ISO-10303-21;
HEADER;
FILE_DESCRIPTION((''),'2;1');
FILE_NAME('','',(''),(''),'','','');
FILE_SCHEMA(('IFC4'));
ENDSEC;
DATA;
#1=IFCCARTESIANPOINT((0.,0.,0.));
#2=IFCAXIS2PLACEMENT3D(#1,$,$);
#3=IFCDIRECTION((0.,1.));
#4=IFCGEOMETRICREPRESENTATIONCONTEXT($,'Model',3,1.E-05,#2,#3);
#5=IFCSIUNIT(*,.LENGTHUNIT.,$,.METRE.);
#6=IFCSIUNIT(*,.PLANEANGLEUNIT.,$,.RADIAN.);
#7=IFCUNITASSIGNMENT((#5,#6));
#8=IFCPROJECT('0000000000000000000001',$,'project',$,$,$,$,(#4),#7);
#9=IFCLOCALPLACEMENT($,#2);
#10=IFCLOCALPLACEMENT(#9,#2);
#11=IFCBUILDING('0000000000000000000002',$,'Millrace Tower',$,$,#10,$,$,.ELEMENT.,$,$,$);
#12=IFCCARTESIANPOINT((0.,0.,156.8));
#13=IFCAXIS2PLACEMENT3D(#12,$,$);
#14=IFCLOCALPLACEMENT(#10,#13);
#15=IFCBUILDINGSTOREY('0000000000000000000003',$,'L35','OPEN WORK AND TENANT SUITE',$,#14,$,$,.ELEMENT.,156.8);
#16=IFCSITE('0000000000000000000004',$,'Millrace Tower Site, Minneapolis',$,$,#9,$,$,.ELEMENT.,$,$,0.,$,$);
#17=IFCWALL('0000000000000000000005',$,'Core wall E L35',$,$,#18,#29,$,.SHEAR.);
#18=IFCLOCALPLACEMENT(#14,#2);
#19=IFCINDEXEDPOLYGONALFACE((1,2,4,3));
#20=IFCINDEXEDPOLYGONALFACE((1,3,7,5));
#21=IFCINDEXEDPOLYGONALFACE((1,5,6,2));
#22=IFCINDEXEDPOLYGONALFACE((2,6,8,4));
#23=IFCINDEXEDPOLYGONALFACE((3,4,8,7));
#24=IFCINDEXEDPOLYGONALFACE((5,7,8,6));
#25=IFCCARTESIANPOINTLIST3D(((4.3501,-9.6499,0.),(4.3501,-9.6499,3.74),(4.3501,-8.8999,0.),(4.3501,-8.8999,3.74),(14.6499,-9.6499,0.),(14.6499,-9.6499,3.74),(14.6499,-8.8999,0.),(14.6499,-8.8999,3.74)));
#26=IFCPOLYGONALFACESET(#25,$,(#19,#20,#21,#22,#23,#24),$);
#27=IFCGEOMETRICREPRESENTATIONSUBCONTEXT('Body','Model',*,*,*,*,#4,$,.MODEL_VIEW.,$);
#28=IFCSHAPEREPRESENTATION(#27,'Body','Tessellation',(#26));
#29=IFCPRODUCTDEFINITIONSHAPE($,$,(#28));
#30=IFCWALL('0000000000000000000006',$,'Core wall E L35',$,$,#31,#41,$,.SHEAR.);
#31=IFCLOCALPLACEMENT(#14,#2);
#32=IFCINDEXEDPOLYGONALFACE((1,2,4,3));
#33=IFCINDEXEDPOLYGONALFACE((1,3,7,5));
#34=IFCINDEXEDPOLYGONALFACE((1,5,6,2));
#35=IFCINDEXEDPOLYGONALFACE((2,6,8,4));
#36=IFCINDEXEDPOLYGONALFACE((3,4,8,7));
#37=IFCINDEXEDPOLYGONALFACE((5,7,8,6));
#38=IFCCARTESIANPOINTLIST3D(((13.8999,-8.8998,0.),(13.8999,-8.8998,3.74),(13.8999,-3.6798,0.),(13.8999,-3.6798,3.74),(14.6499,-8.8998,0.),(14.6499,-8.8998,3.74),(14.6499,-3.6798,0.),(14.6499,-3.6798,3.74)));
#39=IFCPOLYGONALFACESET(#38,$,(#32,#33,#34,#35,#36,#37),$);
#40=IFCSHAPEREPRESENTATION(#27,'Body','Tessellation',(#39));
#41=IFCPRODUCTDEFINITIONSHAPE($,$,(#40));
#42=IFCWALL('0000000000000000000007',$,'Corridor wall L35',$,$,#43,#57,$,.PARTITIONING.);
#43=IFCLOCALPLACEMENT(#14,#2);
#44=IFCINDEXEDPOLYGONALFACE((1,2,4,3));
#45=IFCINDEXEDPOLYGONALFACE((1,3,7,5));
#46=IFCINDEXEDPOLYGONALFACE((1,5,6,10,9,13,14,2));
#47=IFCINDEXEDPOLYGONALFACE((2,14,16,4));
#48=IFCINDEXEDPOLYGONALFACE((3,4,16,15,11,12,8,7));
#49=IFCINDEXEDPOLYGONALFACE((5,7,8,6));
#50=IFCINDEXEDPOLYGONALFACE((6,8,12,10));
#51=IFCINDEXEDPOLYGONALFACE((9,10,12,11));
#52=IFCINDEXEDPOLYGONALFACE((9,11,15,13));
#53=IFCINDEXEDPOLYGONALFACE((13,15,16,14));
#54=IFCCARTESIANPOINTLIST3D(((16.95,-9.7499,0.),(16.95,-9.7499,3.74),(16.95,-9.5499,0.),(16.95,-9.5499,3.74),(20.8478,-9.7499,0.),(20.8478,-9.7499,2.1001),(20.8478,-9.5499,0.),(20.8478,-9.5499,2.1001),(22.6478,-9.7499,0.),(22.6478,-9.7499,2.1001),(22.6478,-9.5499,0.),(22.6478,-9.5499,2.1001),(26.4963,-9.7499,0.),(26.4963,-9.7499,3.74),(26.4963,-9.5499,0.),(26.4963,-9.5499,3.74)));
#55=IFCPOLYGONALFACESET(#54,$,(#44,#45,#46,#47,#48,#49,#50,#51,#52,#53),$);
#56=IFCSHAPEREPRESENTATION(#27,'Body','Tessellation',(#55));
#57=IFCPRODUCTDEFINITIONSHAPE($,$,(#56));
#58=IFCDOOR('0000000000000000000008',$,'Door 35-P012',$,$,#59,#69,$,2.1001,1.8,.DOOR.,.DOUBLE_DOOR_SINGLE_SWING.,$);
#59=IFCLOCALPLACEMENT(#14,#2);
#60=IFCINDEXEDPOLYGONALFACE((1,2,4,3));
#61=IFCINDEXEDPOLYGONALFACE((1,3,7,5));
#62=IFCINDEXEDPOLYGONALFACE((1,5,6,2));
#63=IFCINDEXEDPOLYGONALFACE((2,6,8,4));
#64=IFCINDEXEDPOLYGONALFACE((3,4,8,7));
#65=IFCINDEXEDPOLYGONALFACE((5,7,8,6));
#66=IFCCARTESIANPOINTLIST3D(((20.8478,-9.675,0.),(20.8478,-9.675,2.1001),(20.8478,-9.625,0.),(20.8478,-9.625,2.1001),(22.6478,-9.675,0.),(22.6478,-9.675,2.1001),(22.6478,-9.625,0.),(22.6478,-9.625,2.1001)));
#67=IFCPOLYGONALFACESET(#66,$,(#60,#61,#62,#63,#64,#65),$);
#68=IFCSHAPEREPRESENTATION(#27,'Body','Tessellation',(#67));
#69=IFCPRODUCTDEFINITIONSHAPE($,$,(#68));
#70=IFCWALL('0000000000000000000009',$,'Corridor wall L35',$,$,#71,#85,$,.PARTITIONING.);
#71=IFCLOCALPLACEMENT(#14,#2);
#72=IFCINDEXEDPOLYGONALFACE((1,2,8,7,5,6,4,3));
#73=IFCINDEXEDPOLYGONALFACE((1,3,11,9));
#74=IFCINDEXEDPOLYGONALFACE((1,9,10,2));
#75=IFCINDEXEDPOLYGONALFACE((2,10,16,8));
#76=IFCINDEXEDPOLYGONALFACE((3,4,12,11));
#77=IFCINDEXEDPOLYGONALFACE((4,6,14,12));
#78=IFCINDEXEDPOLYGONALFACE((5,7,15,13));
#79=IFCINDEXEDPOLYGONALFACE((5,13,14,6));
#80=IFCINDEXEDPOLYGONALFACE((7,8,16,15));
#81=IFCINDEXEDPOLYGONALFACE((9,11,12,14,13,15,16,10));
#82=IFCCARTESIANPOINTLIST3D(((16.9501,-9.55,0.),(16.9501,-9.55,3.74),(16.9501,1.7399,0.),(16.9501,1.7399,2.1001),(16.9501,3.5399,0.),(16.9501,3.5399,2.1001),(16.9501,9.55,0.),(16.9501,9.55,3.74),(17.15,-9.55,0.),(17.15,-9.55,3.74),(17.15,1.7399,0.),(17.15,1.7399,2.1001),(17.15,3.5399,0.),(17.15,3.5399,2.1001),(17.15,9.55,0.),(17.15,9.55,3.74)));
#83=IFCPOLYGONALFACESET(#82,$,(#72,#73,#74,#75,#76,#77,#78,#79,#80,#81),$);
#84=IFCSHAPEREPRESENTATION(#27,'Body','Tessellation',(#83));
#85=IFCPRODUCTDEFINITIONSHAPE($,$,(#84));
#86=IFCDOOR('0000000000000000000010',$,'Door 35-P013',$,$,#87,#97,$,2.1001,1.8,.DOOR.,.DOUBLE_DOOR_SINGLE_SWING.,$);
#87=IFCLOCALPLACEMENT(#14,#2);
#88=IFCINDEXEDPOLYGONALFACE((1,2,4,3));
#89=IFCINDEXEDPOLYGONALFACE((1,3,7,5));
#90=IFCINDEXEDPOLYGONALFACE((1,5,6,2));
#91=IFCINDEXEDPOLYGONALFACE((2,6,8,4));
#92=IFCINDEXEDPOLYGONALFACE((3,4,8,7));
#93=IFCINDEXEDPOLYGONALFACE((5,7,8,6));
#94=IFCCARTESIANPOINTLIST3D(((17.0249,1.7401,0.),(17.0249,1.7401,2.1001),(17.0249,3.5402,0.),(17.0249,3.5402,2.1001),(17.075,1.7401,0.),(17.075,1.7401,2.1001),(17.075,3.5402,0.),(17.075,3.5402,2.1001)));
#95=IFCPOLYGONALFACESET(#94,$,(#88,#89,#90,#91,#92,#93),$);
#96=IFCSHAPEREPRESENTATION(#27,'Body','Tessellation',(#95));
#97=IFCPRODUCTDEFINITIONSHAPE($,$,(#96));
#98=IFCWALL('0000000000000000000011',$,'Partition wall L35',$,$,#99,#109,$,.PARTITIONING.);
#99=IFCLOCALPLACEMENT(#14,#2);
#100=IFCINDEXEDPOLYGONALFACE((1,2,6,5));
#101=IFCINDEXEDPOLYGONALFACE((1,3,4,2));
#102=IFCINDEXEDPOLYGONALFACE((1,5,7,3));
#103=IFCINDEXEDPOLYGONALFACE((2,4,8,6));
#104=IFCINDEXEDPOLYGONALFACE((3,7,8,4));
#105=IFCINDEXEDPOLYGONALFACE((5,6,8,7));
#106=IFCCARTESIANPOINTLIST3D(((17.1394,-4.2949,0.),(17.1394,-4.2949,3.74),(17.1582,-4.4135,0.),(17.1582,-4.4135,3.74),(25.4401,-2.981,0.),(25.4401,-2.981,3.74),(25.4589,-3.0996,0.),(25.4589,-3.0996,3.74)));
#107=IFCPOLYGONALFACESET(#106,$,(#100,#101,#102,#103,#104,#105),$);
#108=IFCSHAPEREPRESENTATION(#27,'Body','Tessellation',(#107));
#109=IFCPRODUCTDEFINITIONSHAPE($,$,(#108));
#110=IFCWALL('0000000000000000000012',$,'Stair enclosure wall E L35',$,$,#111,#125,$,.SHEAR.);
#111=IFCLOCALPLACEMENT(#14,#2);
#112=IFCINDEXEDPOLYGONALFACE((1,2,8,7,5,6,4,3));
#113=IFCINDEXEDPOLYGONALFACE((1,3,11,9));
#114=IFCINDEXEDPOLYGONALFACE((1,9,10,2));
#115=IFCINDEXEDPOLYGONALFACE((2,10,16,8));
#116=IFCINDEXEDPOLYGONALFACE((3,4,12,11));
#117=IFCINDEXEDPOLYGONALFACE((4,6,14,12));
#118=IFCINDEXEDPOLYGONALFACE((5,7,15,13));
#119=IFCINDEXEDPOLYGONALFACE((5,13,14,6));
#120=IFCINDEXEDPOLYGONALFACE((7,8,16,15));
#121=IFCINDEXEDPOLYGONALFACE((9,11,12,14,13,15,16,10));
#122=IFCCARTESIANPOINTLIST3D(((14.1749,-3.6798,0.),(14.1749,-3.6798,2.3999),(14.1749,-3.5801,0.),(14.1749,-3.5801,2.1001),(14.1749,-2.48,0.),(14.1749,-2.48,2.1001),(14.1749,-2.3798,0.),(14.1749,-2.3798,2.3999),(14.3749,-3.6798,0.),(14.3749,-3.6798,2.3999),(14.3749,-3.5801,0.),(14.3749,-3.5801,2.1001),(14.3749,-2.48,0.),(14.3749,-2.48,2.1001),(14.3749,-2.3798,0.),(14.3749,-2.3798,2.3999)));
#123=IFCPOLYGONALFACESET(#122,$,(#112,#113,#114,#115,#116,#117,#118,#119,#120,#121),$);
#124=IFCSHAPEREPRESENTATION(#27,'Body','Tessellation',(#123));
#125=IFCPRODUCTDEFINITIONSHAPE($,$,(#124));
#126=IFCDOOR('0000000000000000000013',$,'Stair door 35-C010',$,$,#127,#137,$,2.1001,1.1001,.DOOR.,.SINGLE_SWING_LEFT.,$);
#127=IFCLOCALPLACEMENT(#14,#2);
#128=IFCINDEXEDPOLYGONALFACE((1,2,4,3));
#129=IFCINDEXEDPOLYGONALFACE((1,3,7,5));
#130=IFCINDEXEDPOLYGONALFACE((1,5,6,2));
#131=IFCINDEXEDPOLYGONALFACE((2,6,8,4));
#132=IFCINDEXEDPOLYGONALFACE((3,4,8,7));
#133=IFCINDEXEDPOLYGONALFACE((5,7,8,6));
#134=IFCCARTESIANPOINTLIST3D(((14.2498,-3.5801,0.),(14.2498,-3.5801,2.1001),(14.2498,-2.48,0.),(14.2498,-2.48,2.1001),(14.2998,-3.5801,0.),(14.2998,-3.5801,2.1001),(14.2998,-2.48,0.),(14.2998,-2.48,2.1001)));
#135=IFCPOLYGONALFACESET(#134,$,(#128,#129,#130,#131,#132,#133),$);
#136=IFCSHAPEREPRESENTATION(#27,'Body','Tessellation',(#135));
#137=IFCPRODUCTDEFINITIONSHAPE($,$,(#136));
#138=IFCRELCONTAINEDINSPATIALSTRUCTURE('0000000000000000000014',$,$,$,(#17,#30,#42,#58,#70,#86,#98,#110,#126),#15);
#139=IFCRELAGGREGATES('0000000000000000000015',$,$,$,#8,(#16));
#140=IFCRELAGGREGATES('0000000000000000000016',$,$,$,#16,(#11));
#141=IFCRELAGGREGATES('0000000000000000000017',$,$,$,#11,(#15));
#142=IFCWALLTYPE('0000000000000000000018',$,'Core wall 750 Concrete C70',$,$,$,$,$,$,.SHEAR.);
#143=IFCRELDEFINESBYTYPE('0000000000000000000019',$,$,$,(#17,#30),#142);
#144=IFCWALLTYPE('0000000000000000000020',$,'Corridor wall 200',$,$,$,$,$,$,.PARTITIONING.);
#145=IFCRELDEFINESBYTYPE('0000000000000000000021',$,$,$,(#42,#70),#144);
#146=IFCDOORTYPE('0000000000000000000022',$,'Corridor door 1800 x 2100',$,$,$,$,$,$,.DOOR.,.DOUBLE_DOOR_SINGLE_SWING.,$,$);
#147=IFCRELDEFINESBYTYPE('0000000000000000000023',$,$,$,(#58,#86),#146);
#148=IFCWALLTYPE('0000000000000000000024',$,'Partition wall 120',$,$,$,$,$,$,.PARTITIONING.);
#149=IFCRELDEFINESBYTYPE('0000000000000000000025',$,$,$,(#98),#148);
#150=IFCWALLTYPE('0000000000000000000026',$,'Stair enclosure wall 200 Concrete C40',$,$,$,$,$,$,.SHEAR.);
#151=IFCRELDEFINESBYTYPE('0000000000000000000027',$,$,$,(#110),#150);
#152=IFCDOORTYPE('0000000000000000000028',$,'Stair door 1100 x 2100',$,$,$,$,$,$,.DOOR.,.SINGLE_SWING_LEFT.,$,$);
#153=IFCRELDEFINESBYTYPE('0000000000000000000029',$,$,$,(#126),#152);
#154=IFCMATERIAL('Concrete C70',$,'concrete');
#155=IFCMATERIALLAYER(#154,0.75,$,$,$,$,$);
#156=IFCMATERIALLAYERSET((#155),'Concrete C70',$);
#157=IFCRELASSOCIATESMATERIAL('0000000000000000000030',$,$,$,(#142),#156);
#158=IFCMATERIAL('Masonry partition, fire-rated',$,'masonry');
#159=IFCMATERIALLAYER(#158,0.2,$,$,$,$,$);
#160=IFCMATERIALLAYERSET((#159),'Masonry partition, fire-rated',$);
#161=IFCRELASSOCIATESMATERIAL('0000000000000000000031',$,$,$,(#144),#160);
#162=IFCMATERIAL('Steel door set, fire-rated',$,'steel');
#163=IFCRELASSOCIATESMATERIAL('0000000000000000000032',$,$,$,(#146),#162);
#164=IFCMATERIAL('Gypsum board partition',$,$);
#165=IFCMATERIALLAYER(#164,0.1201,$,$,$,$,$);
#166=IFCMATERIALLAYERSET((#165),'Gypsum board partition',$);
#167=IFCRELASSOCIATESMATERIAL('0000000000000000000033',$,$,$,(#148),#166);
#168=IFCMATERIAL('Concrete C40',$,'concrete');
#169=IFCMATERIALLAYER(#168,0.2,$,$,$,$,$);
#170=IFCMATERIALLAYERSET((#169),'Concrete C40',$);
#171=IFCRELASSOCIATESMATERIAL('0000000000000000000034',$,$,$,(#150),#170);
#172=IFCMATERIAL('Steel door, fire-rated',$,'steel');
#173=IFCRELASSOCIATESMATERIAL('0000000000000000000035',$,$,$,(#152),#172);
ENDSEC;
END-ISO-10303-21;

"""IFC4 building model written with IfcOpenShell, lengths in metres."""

from ifc_helpers import new_model, si_unit, direction, frame, frame_2d, origin, place, context, subcontext, project, spatial, rectangle, extrude, material, layer, layer_set, type_object, element, fill, save


model = new_model("IFC4")

# Units and contexts
model_context = context("Model", 3, precision=1e-05, world=origin(), true_north=direction((0.0, 1.0)))
body_context = subcontext(model_context, "Body", "Model", "MODEL_VIEW")
ifc_project = project(units=[si_unit("LENGTHUNIT", "METRE"), si_unit("PLANEANGLEUNIT", "RADIAN")], contexts=[model_context])

# Site, building, storey
site_placement = place(None, origin())
site = spatial("IfcSite", under=ifc_project, at=site_placement, Name="Millrace Tower Site, Minneapolis", CompositionType="ELEMENT", RefElevation=0.0)
building_placement = place(site_placement, origin())
building = spatial("IfcBuilding", under=site, at=building_placement, Name="Millrace Tower", CompositionType="ELEMENT")
storey_placement = place(building_placement, frame((0.0, 0.0, 156.8)))
storey = spatial("IfcBuildingStorey", under=building, at=storey_placement, Name="L35", Description="OPEN WORK AND TENANT SUITE", CompositionType="ELEMENT", Elevation=156.8)

# Walls
ifc_material_1 = material(Name="Concrete C70", Category="concrete")
ifc_layer_1 = layer(ifc_material_1, 0.75)
ifc_layer_set_1 = layer_set([ifc_layer_1], Name="Concrete C70")
wall_type_1 = type_object("IfcWallType", Name="Core wall 750 Concrete C70", PredefinedType="SHEAR", material=ifc_layer_set_1)
wall_1_placement = place(storey_placement, frame((14.6499, -9.2749, 0.0), z_axis=(0.0, 0.0, 1.0), x_axis=(-1.0, 0.0, 0.0)))
element("IfcWall", 1, at=wall_1_placement, inside=storey, type_object=wall_type_1, Name="Core wall E L35", PredefinedType="SHEAR", context=body_context, shape_type="SweptSolid", body=[
    extrude(rectangle(XDim=10.2998, YDim=0.75, at=frame_2d((5.1499, 0.0))), origin(), (0.0, 0.0, 1.0), 3.74),
])
wall_2_placement = place(storey_placement, frame((14.2749, -3.6799, 0.0), z_axis=(0.0, 0.0, 1.0), x_axis=(0.0, -1.0, 0.0)))
element("IfcWall", 2, at=wall_2_placement, inside=storey, type_object=wall_type_1, Name="Core wall E L35", PredefinedType="SHEAR", context=body_context, shape_type="SweptSolid", body=[
    extrude(rectangle(XDim=5.22, YDim=0.75, at=frame_2d((2.6099, 0.0))), origin(), (0.0, 0.0, 1.0), 3.74),
])

# Walls, openings, doors
ifc_material_2 = material(Name="Masonry partition, fire-rated", Category="masonry")
ifc_layer_2 = layer(ifc_material_2, 0.2)
ifc_layer_set_2 = layer_set([ifc_layer_2], Name="Masonry partition, fire-rated")
wall_type_2 = type_object("IfcWallType", Name="Corridor wall 200", PredefinedType="PARTITIONING", material=ifc_layer_set_2)
wall_3_placement = place(storey_placement, frame((16.95, -9.6499, 0.0), z_axis=(0.0, 0.0, 1.0), x_axis=(1.0, 0.0, 0.0)))
wall_3 = element("IfcWall", 3, at=wall_3_placement, inside=storey, type_object=wall_type_2, Name="Corridor wall L35", PredefinedType="PARTITIONING", context=body_context, shape_type="SweptSolid", body=[
    extrude(rectangle(XDim=9.5464, YDim=0.2, at=frame_2d((4.7732, 0.0))), origin(), (0.0, 0.0, 1.0), 3.74),
])
opening_1_placement = place(wall_3_placement, frame((3.8979, 0.0, 0.0)))
opening_1 = element("IfcOpeningElement", 4, at=opening_1_placement, cuts=wall_3, PredefinedType="OPENING", context=body_context, shape_type="SweptSolid", body=[
    extrude(rectangle(XDim=1.8, YDim=2.1001, at=frame_2d((0.8999, 1.05))), frame((0.0, 0.1099, 0.0), z_axis=(0.0, -1.0, 0.0), x_axis=(1.0, 0.0, 0.0)), (0.0, 0.0, 1.0), 0.22),
])
ifc_material_3 = material(Name="Steel door set, fire-rated", Category="steel")
door_type_1 = type_object("IfcDoorType", Name="Corridor door 1800 x 2100", OperationType="DOUBLE_DOOR_SINGLE_SWING", PredefinedType="DOOR", material=ifc_material_3)
door_1_placement = place(opening_1_placement, origin())
door_1 = element("IfcDoor", 5, at=door_1_placement, inside=storey, type_object=door_type_1, Name="Door 35-P012", OperationType="DOUBLE_DOOR_SINGLE_SWING", OverallHeight=2.1001, OverallWidth=1.8, PredefinedType="DOOR", context=body_context, shape_type="SweptSolid", body=[
    extrude(rectangle(XDim=1.8, YDim=2.1001, at=frame_2d((0.8999, 1.05))), frame((0.0, 0.0249, 0.0), z_axis=(0.0, -1.0, 0.0), x_axis=(1.0, 0.0, 0.0)), (0.0, 0.0, 1.0), 0.05),
])
fill(opening_1, door_1)
wall_4_placement = place(storey_placement, frame((17.05, -9.55, 0.0), z_axis=(0.0, 0.0, 1.0), x_axis=(0.0, 1.0, 0.0)))
wall_4 = element("IfcWall", 6, at=wall_4_placement, inside=storey, type_object=wall_type_2, Name="Corridor wall L35", PredefinedType="PARTITIONING", context=body_context, shape_type="SweptSolid", body=[
    extrude(rectangle(XDim=19.1001, YDim=0.2, at=frame_2d((9.55, 0.0))), origin(), (0.0, 0.0, 1.0), 3.74),
])
opening_2_placement = place(wall_4_placement, frame((11.29, 0.0, 0.0)))
opening_2 = element("IfcOpeningElement", 7, at=opening_2_placement, cuts=wall_4, PredefinedType="OPENING", context=body_context, shape_type="SweptSolid", body=[
    extrude(rectangle(XDim=1.8, YDim=2.1001, at=frame_2d((0.8999, 1.05))), frame((0.0, 0.1099, 0.0), z_axis=(0.0, -1.0, 0.0), x_axis=(1.0, 0.0, 0.0)), (0.0, 0.0, 1.0), 0.22),
])
door_2_placement = place(opening_2_placement, frame((1.8, 0.0, 0.0), z_axis=(0.0, 0.0, 1.0), x_axis=(-1.0, 0.0, 0.0)))
door_2 = element("IfcDoor", 8, at=door_2_placement, inside=storey, type_object=door_type_1, Name="Door 35-P013", OperationType="DOUBLE_DOOR_SINGLE_SWING", OverallHeight=2.1001, OverallWidth=1.8, PredefinedType="DOOR", context=body_context, shape_type="SweptSolid", body=[
    extrude(rectangle(XDim=1.8, YDim=2.1001, at=frame_2d((0.8999, 1.05))), frame((0.0, 0.0249, 0.0), z_axis=(0.0, -1.0, 0.0), x_axis=(1.0, 0.0, 0.0)), (0.0, 0.0, 1.0), 0.05),
])
fill(opening_2, door_2)

# Wall
ifc_material_4 = material(Name="Gypsum board partition")
ifc_layer_3 = layer(ifc_material_4, 0.1201)
ifc_layer_set_3 = layer_set([ifc_layer_3], Name="Gypsum board partition")
wall_type_3 = type_object("IfcWallType", Name="Partition wall 120", PredefinedType="PARTITIONING", material=ifc_layer_set_3)
wall_5_placement = place(storey_placement, frame((17.1487, -4.3542, 0.0), z_axis=(0.0, 0.0, 1.0), x_axis=(0.987702, 0.156347, 0.0)))
element("IfcWall", 9, at=wall_5_placement, inside=storey, type_object=wall_type_3, Name="Partition wall L35", PredefinedType="PARTITIONING", context=body_context, shape_type="SweptSolid", body=[
    extrude(rectangle(XDim=8.4041, YDim=0.1201, at=frame_2d((4.2021, 0.0))), origin(), (0.0, 0.0, 1.0), 3.74),
])

# Wall, opening, door
ifc_material_5 = material(Name="Concrete C40", Category="concrete")
ifc_layer_4 = layer(ifc_material_5, 0.2)
ifc_layer_set_4 = layer_set([ifc_layer_4], Name="Concrete C40")
wall_type_4 = type_object("IfcWallType", Name="Stair enclosure wall 200 Concrete C40", PredefinedType="SHEAR", material=ifc_layer_set_4)
wall_6_placement = place(storey_placement, frame((14.2749, -2.3799, 0.0), z_axis=(0.0, 0.0, 1.0), x_axis=(0.0, -1.0, 0.0)))
wall_6 = element("IfcWall", 10, at=wall_6_placement, inside=storey, type_object=wall_type_4, Name="Stair enclosure wall E L35", PredefinedType="SHEAR", context=body_context, shape_type="SweptSolid", body=[
    extrude(rectangle(XDim=1.3, YDim=0.2, at=frame_2d((0.6499, 0.0))), origin(), (0.0, 0.0, 1.0), 2.3999),
])
opening_3_placement = place(wall_6_placement, frame((0.1001, 0.0, 0.0)))
opening_3 = element("IfcOpeningElement", 11, at=opening_3_placement, cuts=wall_6, PredefinedType="OPENING", context=body_context, shape_type="SweptSolid", body=[
    extrude(rectangle(XDim=1.1001, YDim=2.1001, at=frame_2d((0.55, 1.05))), frame((0.0, 0.1099, 0.0), z_axis=(0.0, -1.0, 0.0), x_axis=(1.0, 0.0, 0.0)), (0.0, 0.0, 1.0), 0.22),
])
ifc_material_6 = material(Name="Steel door, fire-rated", Category="steel")
door_type_2 = type_object("IfcDoorType", Name="Stair door 1100 x 2100", OperationType="SINGLE_SWING_LEFT", PredefinedType="DOOR", material=ifc_material_6)
door_3_placement = place(opening_3_placement, origin())
door_3 = element("IfcDoor", 12, at=door_3_placement, inside=storey, type_object=door_type_2, Name="Stair door 35-C010", OperationType="SINGLE_SWING_LEFT", OverallHeight=2.1001, OverallWidth=1.1001, PredefinedType="DOOR", context=body_context, shape_type="SweptSolid", body=[
    extrude(rectangle(XDim=1.1001, YDim=2.1001, at=frame_2d((0.55, 1.05))), frame((0.0, 0.0249, 0.0), z_axis=(0.0, -1.0, 0.0), x_axis=(1.0, 0.0, 0.0)), (0.0, 0.0, 1.0), 0.05),
])
fill(opening_3, door_3)

save(model, "model.ifc")
